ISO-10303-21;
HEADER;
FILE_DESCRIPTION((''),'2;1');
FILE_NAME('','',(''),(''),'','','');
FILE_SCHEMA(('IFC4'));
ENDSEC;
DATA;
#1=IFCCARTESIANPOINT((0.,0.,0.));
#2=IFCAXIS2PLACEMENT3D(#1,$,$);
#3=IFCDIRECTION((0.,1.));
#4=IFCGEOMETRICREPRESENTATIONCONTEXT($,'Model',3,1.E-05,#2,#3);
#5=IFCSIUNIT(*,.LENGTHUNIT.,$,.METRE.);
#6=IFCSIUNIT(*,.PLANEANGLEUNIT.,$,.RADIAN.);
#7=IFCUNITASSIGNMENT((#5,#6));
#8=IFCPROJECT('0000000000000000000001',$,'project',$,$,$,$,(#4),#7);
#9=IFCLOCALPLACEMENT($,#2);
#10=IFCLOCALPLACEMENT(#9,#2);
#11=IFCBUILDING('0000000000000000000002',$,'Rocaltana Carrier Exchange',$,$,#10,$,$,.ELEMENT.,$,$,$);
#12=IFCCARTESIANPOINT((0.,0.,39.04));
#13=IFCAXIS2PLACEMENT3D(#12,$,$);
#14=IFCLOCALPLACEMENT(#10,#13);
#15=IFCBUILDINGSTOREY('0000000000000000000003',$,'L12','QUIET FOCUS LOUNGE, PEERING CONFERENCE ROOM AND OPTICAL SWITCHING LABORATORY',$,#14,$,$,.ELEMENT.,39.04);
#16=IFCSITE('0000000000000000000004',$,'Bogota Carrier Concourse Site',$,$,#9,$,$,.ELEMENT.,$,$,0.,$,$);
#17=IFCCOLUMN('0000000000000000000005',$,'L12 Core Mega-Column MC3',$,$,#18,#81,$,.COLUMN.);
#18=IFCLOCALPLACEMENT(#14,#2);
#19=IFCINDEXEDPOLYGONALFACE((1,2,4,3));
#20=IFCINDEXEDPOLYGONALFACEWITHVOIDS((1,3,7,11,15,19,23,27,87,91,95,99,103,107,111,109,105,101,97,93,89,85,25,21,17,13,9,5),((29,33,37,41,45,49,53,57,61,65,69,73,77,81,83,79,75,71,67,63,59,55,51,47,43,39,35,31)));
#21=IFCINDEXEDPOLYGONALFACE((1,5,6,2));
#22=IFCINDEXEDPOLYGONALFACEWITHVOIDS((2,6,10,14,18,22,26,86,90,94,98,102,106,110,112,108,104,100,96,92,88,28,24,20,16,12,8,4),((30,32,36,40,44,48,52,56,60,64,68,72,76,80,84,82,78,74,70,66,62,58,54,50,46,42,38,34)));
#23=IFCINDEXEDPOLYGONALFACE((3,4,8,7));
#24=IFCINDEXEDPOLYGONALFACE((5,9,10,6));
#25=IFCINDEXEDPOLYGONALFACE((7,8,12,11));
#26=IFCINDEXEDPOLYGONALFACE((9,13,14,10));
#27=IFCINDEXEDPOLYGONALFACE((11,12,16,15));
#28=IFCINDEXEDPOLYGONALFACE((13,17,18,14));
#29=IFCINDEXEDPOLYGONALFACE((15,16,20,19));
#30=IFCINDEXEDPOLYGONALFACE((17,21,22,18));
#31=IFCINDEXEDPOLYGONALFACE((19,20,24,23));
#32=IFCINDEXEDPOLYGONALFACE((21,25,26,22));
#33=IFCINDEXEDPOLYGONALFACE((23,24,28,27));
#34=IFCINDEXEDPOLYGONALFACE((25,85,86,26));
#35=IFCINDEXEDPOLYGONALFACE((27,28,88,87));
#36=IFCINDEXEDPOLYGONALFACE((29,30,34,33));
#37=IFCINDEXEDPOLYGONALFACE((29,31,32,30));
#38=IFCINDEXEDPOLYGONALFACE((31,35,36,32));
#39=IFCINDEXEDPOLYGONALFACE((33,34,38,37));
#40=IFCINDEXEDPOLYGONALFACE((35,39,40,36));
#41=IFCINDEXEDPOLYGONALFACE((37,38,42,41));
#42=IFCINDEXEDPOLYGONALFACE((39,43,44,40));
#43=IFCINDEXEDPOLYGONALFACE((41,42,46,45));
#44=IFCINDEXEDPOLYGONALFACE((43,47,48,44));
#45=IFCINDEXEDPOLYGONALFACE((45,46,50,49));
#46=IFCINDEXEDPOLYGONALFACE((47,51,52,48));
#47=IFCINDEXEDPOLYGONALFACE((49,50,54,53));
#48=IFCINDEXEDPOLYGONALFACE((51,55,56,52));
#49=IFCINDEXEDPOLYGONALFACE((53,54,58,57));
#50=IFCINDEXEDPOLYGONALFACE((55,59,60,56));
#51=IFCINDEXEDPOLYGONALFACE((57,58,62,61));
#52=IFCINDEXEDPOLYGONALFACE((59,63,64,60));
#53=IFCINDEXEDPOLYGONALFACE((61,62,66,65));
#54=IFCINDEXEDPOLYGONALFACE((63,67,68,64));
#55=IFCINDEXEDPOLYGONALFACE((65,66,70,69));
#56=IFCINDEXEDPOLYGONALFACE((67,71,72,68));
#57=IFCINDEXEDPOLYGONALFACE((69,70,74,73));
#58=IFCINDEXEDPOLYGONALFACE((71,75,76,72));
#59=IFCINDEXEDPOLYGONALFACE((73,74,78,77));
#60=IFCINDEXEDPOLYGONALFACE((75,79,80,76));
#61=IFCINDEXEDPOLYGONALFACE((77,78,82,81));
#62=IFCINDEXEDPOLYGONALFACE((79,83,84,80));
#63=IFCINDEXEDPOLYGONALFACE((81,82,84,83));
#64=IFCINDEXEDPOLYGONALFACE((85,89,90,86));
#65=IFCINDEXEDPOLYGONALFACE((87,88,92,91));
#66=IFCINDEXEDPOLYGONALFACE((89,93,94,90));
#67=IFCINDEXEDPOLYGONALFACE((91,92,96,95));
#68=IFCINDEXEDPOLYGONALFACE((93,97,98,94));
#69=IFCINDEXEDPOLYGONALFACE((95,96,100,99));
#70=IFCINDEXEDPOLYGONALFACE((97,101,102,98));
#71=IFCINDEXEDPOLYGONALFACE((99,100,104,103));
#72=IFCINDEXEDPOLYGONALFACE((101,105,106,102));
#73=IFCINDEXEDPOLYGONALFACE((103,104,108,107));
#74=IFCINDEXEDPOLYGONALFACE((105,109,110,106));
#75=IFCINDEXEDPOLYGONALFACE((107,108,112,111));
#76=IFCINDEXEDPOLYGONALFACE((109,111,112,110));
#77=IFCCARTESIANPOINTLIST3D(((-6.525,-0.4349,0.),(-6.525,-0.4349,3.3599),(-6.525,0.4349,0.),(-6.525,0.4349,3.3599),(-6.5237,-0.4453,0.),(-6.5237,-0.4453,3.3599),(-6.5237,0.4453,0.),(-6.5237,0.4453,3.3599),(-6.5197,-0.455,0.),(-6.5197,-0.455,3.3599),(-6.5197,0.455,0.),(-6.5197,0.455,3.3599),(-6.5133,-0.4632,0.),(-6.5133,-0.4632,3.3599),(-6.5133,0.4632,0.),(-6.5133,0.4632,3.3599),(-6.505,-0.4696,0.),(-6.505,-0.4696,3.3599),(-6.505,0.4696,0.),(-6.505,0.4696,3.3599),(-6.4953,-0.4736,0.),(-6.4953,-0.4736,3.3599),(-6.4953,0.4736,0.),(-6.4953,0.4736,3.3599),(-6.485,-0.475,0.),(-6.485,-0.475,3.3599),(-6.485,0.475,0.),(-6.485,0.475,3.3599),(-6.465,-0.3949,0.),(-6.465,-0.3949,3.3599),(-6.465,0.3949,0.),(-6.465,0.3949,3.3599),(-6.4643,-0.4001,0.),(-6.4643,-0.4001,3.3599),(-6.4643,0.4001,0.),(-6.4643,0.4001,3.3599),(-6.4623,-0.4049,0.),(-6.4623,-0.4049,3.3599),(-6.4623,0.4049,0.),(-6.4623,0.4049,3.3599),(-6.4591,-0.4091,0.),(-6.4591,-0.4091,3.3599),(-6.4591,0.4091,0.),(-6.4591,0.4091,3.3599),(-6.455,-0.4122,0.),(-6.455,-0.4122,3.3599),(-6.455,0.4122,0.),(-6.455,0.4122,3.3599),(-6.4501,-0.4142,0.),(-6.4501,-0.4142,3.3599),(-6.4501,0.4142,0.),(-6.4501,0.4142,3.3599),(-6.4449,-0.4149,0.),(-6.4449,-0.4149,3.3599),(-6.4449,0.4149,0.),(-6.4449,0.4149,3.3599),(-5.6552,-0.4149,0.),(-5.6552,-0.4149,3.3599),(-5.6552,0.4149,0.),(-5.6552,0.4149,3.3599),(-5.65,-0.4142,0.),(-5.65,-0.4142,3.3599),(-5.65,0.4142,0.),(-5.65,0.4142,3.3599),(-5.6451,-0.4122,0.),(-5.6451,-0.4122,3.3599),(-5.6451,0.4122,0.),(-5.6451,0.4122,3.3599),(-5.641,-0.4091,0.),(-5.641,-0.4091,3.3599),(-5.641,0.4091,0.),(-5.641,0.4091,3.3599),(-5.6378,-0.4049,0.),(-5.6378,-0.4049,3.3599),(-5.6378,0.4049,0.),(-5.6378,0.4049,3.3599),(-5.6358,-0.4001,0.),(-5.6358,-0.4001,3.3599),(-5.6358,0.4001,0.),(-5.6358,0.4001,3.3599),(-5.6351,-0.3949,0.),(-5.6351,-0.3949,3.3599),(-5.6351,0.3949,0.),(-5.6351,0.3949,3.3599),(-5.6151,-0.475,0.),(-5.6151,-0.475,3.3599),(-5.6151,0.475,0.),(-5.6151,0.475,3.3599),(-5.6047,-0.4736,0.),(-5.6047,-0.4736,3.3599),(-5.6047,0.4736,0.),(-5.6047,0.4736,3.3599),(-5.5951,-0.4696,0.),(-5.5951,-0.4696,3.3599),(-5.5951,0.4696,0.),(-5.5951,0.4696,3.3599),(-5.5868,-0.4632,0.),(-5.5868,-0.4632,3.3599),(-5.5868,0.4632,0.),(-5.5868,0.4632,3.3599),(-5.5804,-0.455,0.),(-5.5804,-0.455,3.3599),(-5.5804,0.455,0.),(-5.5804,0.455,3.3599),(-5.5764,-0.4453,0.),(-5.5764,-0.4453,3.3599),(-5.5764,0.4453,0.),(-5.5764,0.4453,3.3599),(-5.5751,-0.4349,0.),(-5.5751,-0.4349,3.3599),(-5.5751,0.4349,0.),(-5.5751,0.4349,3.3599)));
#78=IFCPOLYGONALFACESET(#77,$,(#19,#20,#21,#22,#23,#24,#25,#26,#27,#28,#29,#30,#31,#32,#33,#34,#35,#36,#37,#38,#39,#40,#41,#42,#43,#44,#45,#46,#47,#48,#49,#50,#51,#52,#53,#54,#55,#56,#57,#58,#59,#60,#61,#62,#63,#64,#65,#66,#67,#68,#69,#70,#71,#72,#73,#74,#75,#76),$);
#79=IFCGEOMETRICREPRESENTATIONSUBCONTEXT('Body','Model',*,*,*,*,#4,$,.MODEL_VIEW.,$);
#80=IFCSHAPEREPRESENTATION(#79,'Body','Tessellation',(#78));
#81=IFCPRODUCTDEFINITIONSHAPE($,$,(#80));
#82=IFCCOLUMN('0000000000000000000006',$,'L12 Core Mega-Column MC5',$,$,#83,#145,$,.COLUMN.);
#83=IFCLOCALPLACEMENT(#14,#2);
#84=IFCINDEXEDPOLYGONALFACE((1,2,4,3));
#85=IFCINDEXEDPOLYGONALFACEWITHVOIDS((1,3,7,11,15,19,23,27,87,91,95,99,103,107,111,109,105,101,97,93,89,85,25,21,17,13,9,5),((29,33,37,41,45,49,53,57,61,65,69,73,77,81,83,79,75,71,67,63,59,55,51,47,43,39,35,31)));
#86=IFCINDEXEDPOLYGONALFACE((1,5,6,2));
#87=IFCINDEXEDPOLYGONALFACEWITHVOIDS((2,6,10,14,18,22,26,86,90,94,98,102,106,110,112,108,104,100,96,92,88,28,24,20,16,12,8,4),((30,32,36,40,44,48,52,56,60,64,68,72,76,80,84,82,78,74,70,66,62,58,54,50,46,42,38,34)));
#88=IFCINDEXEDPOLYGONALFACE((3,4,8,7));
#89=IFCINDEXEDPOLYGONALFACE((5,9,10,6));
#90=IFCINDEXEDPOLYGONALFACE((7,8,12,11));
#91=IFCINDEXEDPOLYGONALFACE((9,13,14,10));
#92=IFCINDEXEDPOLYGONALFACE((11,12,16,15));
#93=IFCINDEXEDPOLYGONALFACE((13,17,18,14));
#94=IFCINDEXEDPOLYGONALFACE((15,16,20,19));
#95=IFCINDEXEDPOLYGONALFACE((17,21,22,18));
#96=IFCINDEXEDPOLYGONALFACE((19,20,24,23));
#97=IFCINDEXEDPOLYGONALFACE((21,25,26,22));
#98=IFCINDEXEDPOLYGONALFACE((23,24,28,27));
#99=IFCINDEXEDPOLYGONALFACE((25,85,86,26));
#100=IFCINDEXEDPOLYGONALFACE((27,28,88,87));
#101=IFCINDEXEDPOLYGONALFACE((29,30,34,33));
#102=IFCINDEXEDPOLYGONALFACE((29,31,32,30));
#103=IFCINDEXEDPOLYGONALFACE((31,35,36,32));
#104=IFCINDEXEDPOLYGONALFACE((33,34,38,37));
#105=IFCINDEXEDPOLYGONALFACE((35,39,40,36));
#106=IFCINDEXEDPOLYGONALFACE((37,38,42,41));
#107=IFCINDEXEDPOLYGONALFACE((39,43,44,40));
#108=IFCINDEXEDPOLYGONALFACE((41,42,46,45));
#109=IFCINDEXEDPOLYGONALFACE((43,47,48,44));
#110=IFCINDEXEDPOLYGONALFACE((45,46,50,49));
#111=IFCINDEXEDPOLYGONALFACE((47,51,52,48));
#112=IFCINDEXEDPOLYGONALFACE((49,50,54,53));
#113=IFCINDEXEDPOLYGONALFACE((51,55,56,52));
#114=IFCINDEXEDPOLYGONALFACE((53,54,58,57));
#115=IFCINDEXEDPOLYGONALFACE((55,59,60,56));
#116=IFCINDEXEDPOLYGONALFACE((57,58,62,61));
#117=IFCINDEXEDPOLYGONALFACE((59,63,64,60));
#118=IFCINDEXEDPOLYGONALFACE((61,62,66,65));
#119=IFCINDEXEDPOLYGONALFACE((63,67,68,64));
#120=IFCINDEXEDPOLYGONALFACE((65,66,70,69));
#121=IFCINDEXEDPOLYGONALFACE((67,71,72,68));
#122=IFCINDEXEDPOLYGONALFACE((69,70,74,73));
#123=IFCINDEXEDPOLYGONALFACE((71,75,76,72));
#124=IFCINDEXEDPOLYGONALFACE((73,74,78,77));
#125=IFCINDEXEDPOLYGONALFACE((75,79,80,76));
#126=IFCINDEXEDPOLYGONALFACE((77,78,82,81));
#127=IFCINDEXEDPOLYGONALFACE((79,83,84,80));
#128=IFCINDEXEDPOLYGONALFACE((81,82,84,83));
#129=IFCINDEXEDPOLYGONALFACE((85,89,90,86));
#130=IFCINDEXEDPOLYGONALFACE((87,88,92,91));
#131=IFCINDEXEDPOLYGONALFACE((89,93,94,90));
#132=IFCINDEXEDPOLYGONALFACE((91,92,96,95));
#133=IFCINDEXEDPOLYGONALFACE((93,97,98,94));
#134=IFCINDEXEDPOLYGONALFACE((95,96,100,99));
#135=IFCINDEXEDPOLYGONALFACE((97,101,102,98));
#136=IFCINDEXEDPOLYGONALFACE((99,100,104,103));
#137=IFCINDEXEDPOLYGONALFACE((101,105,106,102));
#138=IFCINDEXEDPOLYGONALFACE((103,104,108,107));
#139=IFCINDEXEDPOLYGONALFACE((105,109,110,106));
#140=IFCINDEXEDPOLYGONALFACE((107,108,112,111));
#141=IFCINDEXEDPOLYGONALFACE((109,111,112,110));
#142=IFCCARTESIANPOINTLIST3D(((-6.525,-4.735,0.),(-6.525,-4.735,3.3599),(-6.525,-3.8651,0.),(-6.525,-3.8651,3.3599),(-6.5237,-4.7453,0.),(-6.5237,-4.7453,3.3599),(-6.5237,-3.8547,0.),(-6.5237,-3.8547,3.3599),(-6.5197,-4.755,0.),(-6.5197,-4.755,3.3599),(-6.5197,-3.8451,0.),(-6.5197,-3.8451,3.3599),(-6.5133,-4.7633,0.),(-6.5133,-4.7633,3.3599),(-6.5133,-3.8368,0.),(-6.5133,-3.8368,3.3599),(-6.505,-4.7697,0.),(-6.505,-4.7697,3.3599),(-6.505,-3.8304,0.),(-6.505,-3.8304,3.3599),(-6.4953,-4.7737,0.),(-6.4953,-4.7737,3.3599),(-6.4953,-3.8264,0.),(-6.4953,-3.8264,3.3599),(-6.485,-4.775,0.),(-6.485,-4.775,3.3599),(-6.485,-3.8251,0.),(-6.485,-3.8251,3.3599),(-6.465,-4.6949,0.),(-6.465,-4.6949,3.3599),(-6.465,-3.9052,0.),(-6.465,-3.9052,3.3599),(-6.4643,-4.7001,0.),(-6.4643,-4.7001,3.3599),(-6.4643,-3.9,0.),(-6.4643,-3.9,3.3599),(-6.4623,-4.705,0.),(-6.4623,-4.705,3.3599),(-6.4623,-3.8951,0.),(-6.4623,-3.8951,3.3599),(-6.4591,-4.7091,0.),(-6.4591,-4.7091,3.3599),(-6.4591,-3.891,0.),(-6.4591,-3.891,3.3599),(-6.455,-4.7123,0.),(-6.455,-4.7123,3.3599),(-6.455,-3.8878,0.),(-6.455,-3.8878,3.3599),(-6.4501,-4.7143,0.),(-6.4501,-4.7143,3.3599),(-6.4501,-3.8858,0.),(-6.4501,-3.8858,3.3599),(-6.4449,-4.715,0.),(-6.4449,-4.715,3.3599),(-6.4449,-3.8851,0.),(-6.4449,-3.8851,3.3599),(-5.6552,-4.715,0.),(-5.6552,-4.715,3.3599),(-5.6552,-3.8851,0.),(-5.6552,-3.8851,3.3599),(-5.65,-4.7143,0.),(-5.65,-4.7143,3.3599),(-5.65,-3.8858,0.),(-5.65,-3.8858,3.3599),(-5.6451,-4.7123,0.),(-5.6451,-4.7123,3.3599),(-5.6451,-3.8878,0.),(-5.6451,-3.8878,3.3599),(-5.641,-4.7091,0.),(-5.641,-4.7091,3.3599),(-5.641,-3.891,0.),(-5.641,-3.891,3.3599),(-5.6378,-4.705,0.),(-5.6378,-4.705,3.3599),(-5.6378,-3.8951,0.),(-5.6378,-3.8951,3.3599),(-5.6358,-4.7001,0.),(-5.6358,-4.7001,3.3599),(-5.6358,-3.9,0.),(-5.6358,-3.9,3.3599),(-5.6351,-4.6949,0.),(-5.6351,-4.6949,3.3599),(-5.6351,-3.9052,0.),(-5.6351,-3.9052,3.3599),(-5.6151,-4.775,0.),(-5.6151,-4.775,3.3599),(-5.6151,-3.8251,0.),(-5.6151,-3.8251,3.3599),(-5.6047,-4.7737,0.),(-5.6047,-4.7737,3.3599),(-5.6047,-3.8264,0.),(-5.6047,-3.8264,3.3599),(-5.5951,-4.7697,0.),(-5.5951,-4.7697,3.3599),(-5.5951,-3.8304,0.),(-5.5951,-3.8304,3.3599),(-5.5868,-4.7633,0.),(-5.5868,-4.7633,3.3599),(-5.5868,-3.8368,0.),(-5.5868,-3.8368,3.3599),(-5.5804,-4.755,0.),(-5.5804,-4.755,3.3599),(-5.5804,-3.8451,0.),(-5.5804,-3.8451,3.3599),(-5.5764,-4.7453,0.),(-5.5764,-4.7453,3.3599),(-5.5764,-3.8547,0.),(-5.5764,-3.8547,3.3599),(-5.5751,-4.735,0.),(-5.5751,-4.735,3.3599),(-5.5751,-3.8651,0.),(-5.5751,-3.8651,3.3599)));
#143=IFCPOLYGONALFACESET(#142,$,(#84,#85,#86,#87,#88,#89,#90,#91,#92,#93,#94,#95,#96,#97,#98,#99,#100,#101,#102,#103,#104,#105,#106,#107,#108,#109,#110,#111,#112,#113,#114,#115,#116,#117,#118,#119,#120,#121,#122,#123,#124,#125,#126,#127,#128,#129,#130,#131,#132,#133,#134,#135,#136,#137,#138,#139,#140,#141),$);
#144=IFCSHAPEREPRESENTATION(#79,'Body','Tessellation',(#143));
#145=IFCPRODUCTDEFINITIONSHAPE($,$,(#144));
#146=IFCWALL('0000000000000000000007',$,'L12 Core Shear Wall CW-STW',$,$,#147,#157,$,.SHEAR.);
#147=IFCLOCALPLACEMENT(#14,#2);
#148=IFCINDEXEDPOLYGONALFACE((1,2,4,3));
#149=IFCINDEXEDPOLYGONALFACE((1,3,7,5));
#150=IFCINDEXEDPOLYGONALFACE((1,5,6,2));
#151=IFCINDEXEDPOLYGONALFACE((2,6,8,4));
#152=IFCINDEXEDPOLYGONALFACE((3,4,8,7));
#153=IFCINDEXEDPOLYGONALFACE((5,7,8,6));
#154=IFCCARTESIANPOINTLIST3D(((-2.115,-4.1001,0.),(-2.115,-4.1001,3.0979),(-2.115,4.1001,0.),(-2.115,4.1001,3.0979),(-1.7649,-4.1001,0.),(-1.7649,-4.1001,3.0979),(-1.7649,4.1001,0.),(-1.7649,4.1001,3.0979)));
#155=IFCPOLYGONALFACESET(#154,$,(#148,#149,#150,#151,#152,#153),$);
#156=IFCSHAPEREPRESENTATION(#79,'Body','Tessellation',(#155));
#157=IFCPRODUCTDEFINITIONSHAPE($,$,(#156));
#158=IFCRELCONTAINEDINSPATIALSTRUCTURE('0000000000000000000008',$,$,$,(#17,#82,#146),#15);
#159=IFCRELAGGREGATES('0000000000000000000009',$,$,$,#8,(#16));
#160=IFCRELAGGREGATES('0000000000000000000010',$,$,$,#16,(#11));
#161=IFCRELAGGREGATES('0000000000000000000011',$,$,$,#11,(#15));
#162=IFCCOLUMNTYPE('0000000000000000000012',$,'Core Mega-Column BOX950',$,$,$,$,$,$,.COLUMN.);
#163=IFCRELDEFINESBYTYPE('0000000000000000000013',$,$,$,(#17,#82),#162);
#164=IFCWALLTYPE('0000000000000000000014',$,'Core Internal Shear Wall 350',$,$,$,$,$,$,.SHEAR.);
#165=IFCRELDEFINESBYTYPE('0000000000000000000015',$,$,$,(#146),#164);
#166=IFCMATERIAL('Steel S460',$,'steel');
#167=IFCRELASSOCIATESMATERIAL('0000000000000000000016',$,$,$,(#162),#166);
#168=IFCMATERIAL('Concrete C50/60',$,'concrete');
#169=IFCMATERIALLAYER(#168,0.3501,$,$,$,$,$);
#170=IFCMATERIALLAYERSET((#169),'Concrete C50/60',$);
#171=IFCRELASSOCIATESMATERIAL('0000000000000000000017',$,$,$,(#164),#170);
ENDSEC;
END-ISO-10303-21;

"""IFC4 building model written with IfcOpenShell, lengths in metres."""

from ifc_helpers import new_model, si_unit, direction, frame, frame_2d, origin, origin_2d, place, context, subcontext, project, spatial, rectangle, hollow_rectangle, extrude, material, layer, layer_set, material_profile, profile_set, type_object, element, save


model = new_model("IFC4")

# Units and contexts
model_context = context("Model", 3, precision=1e-05, world=origin(), true_north=direction((0.0, 1.0)))
body_context = subcontext(model_context, "Body", "Model", "MODEL_VIEW")
ifc_project = project(units=[si_unit("LENGTHUNIT", "METRE"), si_unit("PLANEANGLEUNIT", "RADIAN")], contexts=[model_context])

# Site, building, storey
site_placement = place(None, origin())
site = spatial("IfcSite", under=ifc_project, at=site_placement, Name="Bogota Carrier Concourse Site", CompositionType="ELEMENT", RefElevation=0.0)
building_placement = place(site_placement, origin())
building = spatial("IfcBuilding", under=site, at=building_placement, Name="Rocaltana Carrier Exchange", CompositionType="ELEMENT")
storey_placement = place(building_placement, frame((0.0, 0.0, 39.04)))
storey = spatial("IfcBuildingStorey", under=building, at=storey_placement, Name="L12", Description="QUIET FOCUS LOUNGE, PEERING CONFERENCE ROOM AND OPTICAL SWITCHING LABORATORY", CompositionType="ELEMENT", Elevation=39.04)

# Columns
ifc_material_1 = material(Name="Steel S460", Category="steel")
ifc_material_profile = material_profile(ifc_material_1, hollow_rectangle(XDim=0.95, YDim=0.95, WallThickness=0.0601, InnerFilletRadius=0.02, OuterFilletRadius=0.04, at=origin_2d()), Name="BOX950X950X60")
ifc_profile_set = profile_set([ifc_material_profile], Name="Steel S460")
column_type = type_object("IfcColumnType", Name="Core Mega-Column BOX950", PredefinedType="COLUMN", material=ifc_profile_set)
for number, where, z_axis, x_axis, name in (
    (1, (-6.05, 0.0, 0.0), (0.0, 0.0, 1.0), (1.0, 0.0, 0.0), "L12 Core Mega-Column MC3"),
    (2, (-6.05, -4.3, 0.0), (0.0, 0.0, 1.0), (1.0, 0.0, 0.0), "L12 Core Mega-Column MC5"),
):
    element("IfcColumn", number, at=place(storey_placement, frame(where, z_axis=z_axis, x_axis=x_axis)), inside=storey, type_object=column_type, Name=name, PredefinedType="COLUMN", context=body_context, shape_type="SweptSolid", body=[
        extrude(hollow_rectangle(XDim=0.95, YDim=0.95, WallThickness=0.0601, InnerFilletRadius=0.02, OuterFilletRadius=0.04, at=origin_2d()), origin(), (0.0, 0.0, 1.0), 3.3599),
    ])

# Wall
ifc_material_2 = material(Name="Concrete C50/60", Category="concrete")
ifc_layer_1 = layer(ifc_material_2, 0.3501)
ifc_layer_set_1 = layer_set([ifc_layer_1], Name="Concrete C50/60")
wall_type_1 = type_object("IfcWallType", Name="Core Internal Shear Wall 350", PredefinedType="SHEAR", material=ifc_layer_set_1)
wall_1_placement = place(storey_placement, frame((-1.9399, -4.1001, 0.0), z_axis=(0.0, 0.0, 1.0), x_axis=(0.0, 1.0, 0.0)))
element("IfcWall", 3, at=wall_1_placement, inside=storey, type_object=wall_type_1, Name="L12 Core Shear Wall CW-STW", PredefinedType="SHEAR", context=body_context, shape_type="SweptSolid", body=[
    extrude(rectangle(XDim=8.2002, YDim=0.3501, at=frame_2d((4.1001, 0.0))), origin(), (0.0, 0.0, 1.0), 3.0979),
])

save(model, "model.ifc")
